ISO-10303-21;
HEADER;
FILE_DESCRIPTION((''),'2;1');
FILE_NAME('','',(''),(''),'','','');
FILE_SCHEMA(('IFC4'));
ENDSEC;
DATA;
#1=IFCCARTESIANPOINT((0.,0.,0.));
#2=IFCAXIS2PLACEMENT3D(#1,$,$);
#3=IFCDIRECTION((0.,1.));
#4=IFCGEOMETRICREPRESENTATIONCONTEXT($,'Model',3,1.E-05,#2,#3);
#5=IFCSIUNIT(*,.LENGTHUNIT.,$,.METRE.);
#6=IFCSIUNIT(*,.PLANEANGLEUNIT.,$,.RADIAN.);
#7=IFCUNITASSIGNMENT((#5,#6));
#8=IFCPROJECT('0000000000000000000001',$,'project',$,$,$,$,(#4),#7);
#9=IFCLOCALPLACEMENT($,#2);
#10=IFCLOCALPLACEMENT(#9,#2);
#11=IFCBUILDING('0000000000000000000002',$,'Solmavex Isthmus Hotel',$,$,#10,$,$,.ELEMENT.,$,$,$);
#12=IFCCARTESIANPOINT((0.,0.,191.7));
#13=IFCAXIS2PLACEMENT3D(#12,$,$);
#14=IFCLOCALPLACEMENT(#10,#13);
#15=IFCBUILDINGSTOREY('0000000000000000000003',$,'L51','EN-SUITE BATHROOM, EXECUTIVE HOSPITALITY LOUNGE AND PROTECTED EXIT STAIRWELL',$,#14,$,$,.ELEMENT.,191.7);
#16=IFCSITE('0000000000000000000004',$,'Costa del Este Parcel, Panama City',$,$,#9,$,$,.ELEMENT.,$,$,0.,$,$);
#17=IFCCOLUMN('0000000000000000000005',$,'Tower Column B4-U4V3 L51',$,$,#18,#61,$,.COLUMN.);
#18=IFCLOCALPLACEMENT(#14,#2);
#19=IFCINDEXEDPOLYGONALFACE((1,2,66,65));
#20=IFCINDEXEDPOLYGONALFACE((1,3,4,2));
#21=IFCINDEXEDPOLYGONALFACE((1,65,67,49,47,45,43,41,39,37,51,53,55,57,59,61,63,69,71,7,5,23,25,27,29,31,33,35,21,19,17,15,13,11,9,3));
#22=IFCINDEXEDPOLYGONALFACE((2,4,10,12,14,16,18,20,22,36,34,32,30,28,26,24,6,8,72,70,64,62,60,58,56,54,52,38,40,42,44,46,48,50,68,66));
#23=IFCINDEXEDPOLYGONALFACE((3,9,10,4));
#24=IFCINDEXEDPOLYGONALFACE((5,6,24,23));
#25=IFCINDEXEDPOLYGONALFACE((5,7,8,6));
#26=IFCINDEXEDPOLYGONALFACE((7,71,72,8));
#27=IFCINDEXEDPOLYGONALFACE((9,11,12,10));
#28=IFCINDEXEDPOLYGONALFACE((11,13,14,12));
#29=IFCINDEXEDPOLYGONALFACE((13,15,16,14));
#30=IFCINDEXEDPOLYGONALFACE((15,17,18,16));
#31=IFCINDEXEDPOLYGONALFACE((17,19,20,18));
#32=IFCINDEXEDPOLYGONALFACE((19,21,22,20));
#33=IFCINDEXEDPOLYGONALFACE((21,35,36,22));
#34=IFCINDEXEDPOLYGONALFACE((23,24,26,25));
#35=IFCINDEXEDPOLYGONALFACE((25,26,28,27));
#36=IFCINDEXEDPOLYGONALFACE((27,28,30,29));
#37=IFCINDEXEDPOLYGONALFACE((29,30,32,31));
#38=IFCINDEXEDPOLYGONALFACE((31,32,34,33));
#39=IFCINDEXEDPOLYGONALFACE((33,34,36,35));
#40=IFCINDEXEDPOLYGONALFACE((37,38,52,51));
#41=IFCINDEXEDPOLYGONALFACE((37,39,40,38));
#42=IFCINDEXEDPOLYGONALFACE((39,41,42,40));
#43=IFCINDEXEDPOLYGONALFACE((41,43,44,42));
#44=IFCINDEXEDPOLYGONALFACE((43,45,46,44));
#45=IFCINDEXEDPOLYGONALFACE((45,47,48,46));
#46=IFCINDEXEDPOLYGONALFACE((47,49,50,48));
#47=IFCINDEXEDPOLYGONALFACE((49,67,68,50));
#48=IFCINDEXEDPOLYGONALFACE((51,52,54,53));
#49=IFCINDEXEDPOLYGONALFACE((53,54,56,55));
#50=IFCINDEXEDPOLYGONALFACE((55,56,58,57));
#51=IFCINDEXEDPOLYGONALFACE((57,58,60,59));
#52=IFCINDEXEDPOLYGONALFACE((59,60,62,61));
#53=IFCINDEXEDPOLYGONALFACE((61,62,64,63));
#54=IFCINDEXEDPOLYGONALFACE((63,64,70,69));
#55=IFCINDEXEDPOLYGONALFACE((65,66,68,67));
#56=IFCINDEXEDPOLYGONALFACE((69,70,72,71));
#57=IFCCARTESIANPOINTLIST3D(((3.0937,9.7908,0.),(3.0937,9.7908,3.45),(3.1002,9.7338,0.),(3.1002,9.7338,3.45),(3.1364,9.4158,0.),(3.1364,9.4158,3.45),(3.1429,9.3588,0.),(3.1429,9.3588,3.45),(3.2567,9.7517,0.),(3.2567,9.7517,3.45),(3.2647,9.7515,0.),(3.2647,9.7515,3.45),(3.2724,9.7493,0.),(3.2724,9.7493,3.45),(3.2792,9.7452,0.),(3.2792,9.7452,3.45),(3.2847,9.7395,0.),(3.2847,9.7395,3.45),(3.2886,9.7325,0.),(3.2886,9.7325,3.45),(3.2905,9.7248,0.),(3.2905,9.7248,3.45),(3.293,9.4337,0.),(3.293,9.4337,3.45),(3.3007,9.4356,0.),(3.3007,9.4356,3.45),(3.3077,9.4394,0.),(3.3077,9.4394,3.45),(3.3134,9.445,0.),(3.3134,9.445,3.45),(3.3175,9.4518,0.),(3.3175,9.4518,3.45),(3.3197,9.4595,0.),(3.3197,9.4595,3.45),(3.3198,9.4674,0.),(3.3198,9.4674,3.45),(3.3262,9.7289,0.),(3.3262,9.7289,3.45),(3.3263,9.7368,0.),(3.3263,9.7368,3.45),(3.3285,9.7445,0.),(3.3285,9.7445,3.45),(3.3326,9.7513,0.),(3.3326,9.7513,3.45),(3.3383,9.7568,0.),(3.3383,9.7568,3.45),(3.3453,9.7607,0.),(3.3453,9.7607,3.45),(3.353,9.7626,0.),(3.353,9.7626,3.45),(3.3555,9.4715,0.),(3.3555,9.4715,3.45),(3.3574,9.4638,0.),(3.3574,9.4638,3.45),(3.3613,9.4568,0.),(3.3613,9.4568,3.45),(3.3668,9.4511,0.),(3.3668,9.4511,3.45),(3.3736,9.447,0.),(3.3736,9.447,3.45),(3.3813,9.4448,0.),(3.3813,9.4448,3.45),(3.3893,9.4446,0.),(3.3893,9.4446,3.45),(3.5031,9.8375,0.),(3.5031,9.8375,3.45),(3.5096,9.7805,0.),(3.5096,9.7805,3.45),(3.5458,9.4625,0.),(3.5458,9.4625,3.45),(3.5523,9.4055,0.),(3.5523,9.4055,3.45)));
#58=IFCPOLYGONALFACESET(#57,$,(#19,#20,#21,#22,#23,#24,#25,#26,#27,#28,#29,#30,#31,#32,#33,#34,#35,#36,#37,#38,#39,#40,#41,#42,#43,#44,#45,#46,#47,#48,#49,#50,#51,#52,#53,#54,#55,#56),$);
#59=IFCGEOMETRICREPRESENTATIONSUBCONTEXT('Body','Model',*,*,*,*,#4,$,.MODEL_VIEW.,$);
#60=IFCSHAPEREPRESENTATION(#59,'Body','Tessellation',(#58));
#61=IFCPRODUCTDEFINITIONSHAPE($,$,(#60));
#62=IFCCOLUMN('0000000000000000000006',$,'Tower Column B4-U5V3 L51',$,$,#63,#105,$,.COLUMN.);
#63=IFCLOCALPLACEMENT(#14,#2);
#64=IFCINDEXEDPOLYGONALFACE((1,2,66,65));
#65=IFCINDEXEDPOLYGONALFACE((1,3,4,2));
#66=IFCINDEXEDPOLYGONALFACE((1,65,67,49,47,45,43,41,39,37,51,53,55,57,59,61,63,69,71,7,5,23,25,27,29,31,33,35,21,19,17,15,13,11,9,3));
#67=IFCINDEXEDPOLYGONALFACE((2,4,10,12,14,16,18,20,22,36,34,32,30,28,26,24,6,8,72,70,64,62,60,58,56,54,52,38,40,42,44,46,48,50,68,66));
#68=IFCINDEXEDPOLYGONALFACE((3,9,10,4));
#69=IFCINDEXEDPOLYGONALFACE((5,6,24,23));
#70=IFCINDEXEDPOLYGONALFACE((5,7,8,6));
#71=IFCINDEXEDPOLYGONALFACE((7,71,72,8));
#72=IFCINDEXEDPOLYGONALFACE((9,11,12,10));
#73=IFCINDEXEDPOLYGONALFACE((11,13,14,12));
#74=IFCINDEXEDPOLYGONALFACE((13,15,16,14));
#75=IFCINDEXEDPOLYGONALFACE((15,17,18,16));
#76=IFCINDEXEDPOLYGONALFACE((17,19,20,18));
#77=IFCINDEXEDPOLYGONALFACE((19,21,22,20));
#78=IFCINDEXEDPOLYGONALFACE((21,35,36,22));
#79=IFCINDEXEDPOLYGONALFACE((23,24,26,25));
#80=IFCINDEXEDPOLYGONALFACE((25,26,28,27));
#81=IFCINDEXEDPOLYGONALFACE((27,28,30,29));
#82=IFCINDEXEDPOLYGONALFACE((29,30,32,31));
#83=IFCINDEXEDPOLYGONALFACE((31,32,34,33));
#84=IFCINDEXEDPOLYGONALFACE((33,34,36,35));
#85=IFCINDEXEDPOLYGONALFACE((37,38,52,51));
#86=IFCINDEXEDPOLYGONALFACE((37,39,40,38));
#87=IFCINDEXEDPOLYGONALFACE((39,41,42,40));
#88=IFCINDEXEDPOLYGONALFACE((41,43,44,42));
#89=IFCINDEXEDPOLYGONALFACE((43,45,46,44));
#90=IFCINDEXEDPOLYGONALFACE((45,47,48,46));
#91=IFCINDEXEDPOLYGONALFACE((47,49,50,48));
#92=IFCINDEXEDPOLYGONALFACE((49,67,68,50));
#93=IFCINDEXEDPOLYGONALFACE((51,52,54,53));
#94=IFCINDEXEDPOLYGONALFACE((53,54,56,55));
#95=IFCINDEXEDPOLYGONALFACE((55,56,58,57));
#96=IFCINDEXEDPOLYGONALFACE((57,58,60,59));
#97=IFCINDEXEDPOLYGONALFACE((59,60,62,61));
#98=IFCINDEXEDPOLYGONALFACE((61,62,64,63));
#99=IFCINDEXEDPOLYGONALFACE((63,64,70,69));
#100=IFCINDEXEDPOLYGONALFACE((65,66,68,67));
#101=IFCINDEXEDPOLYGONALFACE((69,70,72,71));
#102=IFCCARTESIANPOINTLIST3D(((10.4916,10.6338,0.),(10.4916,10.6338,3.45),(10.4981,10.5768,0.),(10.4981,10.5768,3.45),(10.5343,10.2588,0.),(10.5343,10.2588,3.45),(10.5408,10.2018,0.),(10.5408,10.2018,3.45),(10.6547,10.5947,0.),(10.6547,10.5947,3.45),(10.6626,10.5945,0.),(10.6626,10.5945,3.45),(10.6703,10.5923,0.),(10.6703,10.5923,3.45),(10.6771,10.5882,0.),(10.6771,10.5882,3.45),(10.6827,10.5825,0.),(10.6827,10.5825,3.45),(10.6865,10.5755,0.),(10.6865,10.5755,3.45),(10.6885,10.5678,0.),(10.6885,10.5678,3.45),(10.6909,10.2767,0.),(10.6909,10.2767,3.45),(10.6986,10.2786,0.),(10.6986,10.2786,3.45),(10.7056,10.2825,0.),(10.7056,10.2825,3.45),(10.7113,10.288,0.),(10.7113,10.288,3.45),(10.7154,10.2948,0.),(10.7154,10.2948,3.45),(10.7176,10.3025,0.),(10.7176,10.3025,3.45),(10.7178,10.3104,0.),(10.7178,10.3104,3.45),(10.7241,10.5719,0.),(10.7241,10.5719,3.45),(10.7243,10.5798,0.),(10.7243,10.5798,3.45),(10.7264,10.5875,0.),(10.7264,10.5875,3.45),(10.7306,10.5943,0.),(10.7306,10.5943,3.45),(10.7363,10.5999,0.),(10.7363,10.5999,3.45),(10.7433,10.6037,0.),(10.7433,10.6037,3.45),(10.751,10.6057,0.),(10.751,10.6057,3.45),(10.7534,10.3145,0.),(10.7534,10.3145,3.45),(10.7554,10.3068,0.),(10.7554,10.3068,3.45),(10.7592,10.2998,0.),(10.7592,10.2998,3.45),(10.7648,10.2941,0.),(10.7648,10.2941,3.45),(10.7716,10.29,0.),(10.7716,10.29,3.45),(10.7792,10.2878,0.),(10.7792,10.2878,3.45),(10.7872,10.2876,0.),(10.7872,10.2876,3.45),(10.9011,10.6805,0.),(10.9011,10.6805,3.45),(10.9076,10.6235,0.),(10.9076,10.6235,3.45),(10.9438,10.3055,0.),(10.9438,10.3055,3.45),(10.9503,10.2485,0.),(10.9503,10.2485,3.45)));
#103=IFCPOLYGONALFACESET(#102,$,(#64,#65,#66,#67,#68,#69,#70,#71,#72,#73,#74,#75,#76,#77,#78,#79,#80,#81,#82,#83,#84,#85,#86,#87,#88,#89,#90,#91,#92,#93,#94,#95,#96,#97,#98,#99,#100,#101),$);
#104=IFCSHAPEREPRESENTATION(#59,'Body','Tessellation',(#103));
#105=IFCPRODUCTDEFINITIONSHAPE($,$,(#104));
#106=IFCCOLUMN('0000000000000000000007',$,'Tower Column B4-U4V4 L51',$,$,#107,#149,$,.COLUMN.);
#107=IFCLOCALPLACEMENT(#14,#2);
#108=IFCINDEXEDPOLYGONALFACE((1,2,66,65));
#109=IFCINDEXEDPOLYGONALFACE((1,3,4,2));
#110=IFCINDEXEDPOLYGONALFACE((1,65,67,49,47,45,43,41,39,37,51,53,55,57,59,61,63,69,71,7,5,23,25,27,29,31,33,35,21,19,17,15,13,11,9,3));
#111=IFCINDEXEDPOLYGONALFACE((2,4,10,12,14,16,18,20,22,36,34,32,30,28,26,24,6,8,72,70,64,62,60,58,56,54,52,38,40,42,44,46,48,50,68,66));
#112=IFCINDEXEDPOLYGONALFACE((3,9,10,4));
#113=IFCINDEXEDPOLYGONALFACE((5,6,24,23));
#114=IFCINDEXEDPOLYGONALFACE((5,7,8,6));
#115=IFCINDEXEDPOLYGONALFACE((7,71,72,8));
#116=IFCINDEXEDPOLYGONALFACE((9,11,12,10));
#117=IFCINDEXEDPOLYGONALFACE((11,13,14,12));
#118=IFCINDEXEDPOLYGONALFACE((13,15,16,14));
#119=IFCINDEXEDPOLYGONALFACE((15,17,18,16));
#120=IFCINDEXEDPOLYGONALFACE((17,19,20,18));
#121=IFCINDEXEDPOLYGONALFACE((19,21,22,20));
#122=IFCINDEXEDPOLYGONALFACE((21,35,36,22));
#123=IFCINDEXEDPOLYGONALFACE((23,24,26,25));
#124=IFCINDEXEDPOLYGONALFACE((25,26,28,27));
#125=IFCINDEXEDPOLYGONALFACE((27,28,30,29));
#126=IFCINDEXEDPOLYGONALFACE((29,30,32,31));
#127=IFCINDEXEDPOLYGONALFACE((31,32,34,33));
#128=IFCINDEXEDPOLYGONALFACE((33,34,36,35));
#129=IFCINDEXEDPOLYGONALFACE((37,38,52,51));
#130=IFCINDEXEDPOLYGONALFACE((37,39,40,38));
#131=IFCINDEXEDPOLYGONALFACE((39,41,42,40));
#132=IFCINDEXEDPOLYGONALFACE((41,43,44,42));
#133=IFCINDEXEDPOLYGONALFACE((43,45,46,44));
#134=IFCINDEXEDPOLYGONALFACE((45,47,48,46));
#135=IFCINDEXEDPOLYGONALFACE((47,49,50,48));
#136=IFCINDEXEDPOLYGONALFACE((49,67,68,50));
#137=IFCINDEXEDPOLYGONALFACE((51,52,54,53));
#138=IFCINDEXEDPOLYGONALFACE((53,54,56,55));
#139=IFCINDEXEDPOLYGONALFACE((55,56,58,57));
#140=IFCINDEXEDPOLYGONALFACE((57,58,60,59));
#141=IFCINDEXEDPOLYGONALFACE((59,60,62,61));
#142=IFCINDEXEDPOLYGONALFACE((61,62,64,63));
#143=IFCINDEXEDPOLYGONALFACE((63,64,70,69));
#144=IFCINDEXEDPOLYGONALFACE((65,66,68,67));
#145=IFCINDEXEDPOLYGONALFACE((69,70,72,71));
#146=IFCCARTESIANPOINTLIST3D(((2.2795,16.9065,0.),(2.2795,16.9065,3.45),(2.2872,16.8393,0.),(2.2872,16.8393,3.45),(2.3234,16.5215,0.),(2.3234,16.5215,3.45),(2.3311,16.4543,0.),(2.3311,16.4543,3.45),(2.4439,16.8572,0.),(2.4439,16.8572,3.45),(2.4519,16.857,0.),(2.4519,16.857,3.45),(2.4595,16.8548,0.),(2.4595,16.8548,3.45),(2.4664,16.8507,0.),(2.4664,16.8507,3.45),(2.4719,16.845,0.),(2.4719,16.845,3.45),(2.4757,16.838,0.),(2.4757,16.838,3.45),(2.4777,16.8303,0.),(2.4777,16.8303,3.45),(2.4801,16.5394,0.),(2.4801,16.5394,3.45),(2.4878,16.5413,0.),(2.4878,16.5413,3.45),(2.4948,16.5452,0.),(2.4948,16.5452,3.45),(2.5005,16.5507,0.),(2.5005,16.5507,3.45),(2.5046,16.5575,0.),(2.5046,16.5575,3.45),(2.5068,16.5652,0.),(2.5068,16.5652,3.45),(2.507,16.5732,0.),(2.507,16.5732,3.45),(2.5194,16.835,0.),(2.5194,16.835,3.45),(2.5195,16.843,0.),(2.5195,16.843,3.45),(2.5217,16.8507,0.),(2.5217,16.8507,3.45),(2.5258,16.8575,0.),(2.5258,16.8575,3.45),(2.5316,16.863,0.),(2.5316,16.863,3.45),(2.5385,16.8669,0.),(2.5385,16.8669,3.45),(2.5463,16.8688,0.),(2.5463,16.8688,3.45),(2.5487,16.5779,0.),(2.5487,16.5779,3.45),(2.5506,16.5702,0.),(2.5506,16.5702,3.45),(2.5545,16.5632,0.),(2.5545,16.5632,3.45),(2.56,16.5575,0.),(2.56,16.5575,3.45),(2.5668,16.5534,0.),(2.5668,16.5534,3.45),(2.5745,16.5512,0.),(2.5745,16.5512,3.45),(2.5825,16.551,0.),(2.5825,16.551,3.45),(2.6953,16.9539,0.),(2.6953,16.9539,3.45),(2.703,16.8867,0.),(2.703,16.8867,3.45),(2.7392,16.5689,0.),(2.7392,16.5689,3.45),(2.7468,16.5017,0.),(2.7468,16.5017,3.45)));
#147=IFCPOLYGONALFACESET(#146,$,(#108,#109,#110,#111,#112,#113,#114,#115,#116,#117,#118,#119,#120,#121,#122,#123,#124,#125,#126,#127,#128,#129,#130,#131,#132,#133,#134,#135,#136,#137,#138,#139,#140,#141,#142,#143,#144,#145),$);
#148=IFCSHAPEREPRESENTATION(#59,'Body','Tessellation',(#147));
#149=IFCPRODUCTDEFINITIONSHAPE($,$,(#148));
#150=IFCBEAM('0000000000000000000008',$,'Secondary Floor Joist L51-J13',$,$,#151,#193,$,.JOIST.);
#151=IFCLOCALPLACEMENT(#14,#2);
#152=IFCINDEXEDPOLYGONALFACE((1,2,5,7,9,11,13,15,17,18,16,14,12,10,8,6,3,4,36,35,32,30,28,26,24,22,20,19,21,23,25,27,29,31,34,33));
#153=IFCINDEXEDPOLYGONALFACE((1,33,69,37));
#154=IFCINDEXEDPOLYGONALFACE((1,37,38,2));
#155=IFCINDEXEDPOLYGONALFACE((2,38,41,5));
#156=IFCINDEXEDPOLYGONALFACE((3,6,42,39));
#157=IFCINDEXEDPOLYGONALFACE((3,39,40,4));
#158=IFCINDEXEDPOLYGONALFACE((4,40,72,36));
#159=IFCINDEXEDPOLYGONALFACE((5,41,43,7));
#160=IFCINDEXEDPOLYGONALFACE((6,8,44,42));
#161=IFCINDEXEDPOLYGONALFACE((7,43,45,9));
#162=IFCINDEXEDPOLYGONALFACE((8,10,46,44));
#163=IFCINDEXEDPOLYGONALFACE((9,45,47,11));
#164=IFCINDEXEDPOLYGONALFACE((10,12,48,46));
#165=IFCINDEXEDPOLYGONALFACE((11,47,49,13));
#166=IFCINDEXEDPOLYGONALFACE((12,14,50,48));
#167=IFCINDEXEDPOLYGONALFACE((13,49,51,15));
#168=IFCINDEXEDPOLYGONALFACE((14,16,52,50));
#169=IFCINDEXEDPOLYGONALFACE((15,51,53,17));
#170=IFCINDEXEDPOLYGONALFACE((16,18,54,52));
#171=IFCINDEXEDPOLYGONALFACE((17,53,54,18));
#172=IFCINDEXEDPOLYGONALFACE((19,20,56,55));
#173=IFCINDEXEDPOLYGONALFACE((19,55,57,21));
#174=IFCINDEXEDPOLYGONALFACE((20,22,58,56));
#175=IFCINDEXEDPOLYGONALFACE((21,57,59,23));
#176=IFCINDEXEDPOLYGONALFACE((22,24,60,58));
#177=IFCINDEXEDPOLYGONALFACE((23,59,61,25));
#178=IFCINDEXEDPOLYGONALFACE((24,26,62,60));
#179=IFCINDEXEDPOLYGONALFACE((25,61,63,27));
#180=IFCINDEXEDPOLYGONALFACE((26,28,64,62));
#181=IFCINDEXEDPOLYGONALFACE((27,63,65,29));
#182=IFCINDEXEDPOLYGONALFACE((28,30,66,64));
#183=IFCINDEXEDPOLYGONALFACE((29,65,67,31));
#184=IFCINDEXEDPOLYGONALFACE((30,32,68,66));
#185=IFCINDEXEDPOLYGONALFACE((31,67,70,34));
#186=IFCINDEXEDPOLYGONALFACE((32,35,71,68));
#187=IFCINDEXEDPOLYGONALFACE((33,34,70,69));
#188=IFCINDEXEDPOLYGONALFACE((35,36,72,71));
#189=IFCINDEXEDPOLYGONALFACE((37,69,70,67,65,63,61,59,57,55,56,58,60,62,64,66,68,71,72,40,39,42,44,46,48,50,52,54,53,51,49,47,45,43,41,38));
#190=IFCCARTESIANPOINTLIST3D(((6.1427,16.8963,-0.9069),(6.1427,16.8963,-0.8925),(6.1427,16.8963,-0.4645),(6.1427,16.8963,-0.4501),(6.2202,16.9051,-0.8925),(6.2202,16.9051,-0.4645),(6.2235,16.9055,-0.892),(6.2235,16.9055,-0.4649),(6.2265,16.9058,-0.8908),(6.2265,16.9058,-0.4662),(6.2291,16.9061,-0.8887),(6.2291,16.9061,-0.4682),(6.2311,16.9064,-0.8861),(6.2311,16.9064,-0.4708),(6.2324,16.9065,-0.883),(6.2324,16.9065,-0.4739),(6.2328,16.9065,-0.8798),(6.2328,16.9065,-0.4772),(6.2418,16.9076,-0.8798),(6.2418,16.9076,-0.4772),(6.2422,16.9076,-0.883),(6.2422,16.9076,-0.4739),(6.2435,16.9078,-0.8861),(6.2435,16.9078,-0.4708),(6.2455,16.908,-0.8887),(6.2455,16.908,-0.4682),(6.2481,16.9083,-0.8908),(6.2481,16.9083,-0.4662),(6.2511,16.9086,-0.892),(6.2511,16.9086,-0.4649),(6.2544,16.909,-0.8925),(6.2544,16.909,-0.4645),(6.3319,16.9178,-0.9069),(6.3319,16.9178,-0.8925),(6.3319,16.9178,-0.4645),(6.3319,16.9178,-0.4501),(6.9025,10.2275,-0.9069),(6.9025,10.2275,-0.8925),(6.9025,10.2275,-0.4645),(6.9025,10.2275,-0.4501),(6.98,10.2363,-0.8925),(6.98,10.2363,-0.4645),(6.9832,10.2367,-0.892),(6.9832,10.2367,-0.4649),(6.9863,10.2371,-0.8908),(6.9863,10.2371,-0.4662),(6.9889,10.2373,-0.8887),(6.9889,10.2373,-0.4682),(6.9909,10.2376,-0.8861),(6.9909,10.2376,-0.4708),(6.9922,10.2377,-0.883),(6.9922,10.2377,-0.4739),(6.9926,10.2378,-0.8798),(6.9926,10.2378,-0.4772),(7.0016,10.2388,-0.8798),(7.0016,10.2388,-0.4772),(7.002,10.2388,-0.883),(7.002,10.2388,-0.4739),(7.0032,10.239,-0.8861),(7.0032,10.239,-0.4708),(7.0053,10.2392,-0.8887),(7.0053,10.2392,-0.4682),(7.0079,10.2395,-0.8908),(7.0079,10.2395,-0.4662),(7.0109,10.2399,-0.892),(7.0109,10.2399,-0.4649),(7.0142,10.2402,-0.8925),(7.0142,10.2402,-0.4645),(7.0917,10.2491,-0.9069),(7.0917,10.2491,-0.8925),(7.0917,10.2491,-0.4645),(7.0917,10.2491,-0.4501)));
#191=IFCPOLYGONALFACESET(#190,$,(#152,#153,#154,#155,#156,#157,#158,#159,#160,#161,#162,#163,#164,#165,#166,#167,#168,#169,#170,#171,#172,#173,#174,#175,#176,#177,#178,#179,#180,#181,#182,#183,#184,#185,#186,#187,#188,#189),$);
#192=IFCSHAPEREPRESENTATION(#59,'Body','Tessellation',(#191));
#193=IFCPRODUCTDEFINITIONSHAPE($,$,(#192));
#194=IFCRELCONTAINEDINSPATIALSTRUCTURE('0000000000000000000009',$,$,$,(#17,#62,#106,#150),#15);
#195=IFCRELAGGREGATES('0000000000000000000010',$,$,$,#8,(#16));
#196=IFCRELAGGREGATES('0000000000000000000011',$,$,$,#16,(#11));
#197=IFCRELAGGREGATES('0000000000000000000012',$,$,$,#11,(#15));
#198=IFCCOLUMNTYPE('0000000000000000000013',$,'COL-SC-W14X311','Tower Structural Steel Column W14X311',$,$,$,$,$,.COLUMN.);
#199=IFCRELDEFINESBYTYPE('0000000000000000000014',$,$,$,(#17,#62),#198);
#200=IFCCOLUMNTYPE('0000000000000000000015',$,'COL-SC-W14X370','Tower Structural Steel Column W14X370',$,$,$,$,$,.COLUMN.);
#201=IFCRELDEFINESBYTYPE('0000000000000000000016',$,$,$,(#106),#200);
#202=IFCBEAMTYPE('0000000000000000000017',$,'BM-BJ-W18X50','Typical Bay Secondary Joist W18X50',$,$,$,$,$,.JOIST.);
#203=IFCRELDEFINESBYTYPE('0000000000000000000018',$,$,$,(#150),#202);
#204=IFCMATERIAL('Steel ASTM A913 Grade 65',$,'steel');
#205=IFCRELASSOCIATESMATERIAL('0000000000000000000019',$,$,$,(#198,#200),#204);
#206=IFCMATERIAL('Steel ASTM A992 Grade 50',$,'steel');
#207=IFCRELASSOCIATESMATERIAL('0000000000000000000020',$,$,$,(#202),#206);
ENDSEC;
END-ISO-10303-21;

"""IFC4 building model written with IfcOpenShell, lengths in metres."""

from ifc_helpers import new_model, si_unit, direction, frame, origin, origin_2d, place, context, subcontext, project, spatial, i_section, extrude, material, material_profile, profile_set, type_object, element, save


model = new_model("IFC4")

# Units and contexts
model_context = context("Model", 3, precision=1e-05, world=origin(), true_north=direction((0.0, 1.0)))
body_context = subcontext(model_context, "Body", "Model", "MODEL_VIEW")
ifc_project = project(units=[si_unit("LENGTHUNIT", "METRE"), si_unit("PLANEANGLEUNIT", "RADIAN")], contexts=[model_context])

# Site, building, storey
site_placement = place(None, origin())
site = spatial("IfcSite", under=ifc_project, at=site_placement, Name="Costa del Este Parcel, Panama City", CompositionType="ELEMENT", RefElevation=0.0)
building_placement = place(site_placement, origin())
building = spatial("IfcBuilding", under=site, at=building_placement, Name="Solmavex Isthmus Hotel", CompositionType="ELEMENT")
storey_placement = place(building_placement, frame((0.0, 0.0, 191.7)))
storey = spatial("IfcBuildingStorey", under=building, at=storey_placement, Name="L51", Description="EN-SUITE BATHROOM, EXECUTIVE HOSPITALITY LOUNGE AND PROTECTED EXIT STAIRWELL", CompositionType="ELEMENT", Elevation=191.7)

# Columns
ifc_material_1 = material(Name="Steel ASTM A913 Grade 65", Category="steel")
ifc_material_profile_1 = material_profile(ifc_material_1, i_section(OverallWidth=0.4121, OverallDepth=0.4348, WebThickness=0.0359, FlangeThickness=0.0574, FilletRadius=0.0305, at=origin_2d()), Name="W14X311")
ifc_profile_set_1 = profile_set([ifc_material_profile_1], Name="Steel ASTM A913 Grade 65")
column_type_1 = type_object("IfcColumnType", Name="COL-SC-W14X311", Description="Tower Structural Steel Column W14X311", PredefinedType="COLUMN", material=ifc_profile_set_1)
for number, where, z_axis, x_axis, name in (
    (1, (3.323, 9.5981, 0.0), (0.0, 0.0, 1.0), (0.993572, 0.113203, 0.0), "Tower Column B4-U4V3 L51"),
    (2, (10.7209, 10.4412, 0.0), (0.0, 0.0, 1.0), (0.993572, 0.113203, 0.0), "Tower Column B4-U5V3 L51"),
):
    element("IfcColumn", number, at=place(storey_placement, frame(where, z_axis=z_axis, x_axis=x_axis)), inside=storey, type_object=column_type_1, Name=name, PredefinedType="COLUMN", context=body_context, shape_type="SweptSolid", body=[
        extrude(i_section(OverallWidth=0.4121, OverallDepth=0.4348, WebThickness=0.0359, FlangeThickness=0.0574, FilletRadius=0.0305, at=origin_2d()), origin(), (0.0, 0.0, 1.0), 3.45),
    ])
ifc_material_profile_2 = material_profile(ifc_material_1, i_section(OverallWidth=0.4185, OverallDepth=0.4551, WebThickness=0.042, FlangeThickness=0.0676, FilletRadius=0.0305, at=origin_2d()), Name="W14X370")
ifc_profile_set_2 = profile_set([ifc_material_profile_2], Name="Steel ASTM A913 Grade 65")
column_type_2 = type_object("IfcColumnType", Name="COL-SC-W14X370", Description="Tower Structural Steel Column W14X370", PredefinedType="COLUMN", material=ifc_profile_set_2)
column_placement = place(storey_placement, frame((2.5132, 16.7041, 0.0), z_axis=(0.0, 0.0, 1.0), x_axis=(0.993572, 0.113203, 0.0)))
element("IfcColumn", 3, at=column_placement, inside=storey, type_object=column_type_2, Name="Tower Column B4-U4V4 L51", PredefinedType="COLUMN", context=body_context, shape_type="SweptSolid", body=[
    extrude(i_section(OverallWidth=0.4185, OverallDepth=0.4551, WebThickness=0.042, FlangeThickness=0.0676, FilletRadius=0.0305, at=origin_2d()), origin(), (0.0, 0.0, 1.0), 3.45),
])

# Beam
ifc_material_2 = material(Name="Steel ASTM A992 Grade 50", Category="steel")
ifc_material_profile_3 = material_profile(ifc_material_2, i_section(OverallWidth=0.1904, OverallDepth=0.4568, WebThickness=0.009, FlangeThickness=0.0144, FilletRadius=0.0127, at=origin_2d()), Name="W18X50")
ifc_profile_set_3 = profile_set([ifc_material_profile_3], Name="Steel ASTM A992 Grade 50")
beam_type_1 = type_object("IfcBeamType", Name="BM-BJ-W18X50", Description="Typical Bay Secondary Joist W18X50", PredefinedType="JOIST", material=ifc_profile_set_3)
beam_1_placement = place(storey_placement, frame((6.9971, 10.2383, -0.6785), z_axis=(-0.113198, 0.993572, 0.0), x_axis=(-0.993572, -0.113198, 0.0)))
element("IfcBeam", 4, at=beam_1_placement, inside=storey, type_object=beam_type_1, Name="Secondary Floor Joist L51-J13", PredefinedType="JOIST", context=body_context, shape_type="SweptSolid", body=[
    extrude(i_section(OverallWidth=0.1904, OverallDepth=0.4568, WebThickness=0.009, FlangeThickness=0.0144, FilletRadius=0.0127, at=origin_2d()), origin(), (0.0, 0.0, 1.0), 6.7119),
])

save(model, "model.ifc")
